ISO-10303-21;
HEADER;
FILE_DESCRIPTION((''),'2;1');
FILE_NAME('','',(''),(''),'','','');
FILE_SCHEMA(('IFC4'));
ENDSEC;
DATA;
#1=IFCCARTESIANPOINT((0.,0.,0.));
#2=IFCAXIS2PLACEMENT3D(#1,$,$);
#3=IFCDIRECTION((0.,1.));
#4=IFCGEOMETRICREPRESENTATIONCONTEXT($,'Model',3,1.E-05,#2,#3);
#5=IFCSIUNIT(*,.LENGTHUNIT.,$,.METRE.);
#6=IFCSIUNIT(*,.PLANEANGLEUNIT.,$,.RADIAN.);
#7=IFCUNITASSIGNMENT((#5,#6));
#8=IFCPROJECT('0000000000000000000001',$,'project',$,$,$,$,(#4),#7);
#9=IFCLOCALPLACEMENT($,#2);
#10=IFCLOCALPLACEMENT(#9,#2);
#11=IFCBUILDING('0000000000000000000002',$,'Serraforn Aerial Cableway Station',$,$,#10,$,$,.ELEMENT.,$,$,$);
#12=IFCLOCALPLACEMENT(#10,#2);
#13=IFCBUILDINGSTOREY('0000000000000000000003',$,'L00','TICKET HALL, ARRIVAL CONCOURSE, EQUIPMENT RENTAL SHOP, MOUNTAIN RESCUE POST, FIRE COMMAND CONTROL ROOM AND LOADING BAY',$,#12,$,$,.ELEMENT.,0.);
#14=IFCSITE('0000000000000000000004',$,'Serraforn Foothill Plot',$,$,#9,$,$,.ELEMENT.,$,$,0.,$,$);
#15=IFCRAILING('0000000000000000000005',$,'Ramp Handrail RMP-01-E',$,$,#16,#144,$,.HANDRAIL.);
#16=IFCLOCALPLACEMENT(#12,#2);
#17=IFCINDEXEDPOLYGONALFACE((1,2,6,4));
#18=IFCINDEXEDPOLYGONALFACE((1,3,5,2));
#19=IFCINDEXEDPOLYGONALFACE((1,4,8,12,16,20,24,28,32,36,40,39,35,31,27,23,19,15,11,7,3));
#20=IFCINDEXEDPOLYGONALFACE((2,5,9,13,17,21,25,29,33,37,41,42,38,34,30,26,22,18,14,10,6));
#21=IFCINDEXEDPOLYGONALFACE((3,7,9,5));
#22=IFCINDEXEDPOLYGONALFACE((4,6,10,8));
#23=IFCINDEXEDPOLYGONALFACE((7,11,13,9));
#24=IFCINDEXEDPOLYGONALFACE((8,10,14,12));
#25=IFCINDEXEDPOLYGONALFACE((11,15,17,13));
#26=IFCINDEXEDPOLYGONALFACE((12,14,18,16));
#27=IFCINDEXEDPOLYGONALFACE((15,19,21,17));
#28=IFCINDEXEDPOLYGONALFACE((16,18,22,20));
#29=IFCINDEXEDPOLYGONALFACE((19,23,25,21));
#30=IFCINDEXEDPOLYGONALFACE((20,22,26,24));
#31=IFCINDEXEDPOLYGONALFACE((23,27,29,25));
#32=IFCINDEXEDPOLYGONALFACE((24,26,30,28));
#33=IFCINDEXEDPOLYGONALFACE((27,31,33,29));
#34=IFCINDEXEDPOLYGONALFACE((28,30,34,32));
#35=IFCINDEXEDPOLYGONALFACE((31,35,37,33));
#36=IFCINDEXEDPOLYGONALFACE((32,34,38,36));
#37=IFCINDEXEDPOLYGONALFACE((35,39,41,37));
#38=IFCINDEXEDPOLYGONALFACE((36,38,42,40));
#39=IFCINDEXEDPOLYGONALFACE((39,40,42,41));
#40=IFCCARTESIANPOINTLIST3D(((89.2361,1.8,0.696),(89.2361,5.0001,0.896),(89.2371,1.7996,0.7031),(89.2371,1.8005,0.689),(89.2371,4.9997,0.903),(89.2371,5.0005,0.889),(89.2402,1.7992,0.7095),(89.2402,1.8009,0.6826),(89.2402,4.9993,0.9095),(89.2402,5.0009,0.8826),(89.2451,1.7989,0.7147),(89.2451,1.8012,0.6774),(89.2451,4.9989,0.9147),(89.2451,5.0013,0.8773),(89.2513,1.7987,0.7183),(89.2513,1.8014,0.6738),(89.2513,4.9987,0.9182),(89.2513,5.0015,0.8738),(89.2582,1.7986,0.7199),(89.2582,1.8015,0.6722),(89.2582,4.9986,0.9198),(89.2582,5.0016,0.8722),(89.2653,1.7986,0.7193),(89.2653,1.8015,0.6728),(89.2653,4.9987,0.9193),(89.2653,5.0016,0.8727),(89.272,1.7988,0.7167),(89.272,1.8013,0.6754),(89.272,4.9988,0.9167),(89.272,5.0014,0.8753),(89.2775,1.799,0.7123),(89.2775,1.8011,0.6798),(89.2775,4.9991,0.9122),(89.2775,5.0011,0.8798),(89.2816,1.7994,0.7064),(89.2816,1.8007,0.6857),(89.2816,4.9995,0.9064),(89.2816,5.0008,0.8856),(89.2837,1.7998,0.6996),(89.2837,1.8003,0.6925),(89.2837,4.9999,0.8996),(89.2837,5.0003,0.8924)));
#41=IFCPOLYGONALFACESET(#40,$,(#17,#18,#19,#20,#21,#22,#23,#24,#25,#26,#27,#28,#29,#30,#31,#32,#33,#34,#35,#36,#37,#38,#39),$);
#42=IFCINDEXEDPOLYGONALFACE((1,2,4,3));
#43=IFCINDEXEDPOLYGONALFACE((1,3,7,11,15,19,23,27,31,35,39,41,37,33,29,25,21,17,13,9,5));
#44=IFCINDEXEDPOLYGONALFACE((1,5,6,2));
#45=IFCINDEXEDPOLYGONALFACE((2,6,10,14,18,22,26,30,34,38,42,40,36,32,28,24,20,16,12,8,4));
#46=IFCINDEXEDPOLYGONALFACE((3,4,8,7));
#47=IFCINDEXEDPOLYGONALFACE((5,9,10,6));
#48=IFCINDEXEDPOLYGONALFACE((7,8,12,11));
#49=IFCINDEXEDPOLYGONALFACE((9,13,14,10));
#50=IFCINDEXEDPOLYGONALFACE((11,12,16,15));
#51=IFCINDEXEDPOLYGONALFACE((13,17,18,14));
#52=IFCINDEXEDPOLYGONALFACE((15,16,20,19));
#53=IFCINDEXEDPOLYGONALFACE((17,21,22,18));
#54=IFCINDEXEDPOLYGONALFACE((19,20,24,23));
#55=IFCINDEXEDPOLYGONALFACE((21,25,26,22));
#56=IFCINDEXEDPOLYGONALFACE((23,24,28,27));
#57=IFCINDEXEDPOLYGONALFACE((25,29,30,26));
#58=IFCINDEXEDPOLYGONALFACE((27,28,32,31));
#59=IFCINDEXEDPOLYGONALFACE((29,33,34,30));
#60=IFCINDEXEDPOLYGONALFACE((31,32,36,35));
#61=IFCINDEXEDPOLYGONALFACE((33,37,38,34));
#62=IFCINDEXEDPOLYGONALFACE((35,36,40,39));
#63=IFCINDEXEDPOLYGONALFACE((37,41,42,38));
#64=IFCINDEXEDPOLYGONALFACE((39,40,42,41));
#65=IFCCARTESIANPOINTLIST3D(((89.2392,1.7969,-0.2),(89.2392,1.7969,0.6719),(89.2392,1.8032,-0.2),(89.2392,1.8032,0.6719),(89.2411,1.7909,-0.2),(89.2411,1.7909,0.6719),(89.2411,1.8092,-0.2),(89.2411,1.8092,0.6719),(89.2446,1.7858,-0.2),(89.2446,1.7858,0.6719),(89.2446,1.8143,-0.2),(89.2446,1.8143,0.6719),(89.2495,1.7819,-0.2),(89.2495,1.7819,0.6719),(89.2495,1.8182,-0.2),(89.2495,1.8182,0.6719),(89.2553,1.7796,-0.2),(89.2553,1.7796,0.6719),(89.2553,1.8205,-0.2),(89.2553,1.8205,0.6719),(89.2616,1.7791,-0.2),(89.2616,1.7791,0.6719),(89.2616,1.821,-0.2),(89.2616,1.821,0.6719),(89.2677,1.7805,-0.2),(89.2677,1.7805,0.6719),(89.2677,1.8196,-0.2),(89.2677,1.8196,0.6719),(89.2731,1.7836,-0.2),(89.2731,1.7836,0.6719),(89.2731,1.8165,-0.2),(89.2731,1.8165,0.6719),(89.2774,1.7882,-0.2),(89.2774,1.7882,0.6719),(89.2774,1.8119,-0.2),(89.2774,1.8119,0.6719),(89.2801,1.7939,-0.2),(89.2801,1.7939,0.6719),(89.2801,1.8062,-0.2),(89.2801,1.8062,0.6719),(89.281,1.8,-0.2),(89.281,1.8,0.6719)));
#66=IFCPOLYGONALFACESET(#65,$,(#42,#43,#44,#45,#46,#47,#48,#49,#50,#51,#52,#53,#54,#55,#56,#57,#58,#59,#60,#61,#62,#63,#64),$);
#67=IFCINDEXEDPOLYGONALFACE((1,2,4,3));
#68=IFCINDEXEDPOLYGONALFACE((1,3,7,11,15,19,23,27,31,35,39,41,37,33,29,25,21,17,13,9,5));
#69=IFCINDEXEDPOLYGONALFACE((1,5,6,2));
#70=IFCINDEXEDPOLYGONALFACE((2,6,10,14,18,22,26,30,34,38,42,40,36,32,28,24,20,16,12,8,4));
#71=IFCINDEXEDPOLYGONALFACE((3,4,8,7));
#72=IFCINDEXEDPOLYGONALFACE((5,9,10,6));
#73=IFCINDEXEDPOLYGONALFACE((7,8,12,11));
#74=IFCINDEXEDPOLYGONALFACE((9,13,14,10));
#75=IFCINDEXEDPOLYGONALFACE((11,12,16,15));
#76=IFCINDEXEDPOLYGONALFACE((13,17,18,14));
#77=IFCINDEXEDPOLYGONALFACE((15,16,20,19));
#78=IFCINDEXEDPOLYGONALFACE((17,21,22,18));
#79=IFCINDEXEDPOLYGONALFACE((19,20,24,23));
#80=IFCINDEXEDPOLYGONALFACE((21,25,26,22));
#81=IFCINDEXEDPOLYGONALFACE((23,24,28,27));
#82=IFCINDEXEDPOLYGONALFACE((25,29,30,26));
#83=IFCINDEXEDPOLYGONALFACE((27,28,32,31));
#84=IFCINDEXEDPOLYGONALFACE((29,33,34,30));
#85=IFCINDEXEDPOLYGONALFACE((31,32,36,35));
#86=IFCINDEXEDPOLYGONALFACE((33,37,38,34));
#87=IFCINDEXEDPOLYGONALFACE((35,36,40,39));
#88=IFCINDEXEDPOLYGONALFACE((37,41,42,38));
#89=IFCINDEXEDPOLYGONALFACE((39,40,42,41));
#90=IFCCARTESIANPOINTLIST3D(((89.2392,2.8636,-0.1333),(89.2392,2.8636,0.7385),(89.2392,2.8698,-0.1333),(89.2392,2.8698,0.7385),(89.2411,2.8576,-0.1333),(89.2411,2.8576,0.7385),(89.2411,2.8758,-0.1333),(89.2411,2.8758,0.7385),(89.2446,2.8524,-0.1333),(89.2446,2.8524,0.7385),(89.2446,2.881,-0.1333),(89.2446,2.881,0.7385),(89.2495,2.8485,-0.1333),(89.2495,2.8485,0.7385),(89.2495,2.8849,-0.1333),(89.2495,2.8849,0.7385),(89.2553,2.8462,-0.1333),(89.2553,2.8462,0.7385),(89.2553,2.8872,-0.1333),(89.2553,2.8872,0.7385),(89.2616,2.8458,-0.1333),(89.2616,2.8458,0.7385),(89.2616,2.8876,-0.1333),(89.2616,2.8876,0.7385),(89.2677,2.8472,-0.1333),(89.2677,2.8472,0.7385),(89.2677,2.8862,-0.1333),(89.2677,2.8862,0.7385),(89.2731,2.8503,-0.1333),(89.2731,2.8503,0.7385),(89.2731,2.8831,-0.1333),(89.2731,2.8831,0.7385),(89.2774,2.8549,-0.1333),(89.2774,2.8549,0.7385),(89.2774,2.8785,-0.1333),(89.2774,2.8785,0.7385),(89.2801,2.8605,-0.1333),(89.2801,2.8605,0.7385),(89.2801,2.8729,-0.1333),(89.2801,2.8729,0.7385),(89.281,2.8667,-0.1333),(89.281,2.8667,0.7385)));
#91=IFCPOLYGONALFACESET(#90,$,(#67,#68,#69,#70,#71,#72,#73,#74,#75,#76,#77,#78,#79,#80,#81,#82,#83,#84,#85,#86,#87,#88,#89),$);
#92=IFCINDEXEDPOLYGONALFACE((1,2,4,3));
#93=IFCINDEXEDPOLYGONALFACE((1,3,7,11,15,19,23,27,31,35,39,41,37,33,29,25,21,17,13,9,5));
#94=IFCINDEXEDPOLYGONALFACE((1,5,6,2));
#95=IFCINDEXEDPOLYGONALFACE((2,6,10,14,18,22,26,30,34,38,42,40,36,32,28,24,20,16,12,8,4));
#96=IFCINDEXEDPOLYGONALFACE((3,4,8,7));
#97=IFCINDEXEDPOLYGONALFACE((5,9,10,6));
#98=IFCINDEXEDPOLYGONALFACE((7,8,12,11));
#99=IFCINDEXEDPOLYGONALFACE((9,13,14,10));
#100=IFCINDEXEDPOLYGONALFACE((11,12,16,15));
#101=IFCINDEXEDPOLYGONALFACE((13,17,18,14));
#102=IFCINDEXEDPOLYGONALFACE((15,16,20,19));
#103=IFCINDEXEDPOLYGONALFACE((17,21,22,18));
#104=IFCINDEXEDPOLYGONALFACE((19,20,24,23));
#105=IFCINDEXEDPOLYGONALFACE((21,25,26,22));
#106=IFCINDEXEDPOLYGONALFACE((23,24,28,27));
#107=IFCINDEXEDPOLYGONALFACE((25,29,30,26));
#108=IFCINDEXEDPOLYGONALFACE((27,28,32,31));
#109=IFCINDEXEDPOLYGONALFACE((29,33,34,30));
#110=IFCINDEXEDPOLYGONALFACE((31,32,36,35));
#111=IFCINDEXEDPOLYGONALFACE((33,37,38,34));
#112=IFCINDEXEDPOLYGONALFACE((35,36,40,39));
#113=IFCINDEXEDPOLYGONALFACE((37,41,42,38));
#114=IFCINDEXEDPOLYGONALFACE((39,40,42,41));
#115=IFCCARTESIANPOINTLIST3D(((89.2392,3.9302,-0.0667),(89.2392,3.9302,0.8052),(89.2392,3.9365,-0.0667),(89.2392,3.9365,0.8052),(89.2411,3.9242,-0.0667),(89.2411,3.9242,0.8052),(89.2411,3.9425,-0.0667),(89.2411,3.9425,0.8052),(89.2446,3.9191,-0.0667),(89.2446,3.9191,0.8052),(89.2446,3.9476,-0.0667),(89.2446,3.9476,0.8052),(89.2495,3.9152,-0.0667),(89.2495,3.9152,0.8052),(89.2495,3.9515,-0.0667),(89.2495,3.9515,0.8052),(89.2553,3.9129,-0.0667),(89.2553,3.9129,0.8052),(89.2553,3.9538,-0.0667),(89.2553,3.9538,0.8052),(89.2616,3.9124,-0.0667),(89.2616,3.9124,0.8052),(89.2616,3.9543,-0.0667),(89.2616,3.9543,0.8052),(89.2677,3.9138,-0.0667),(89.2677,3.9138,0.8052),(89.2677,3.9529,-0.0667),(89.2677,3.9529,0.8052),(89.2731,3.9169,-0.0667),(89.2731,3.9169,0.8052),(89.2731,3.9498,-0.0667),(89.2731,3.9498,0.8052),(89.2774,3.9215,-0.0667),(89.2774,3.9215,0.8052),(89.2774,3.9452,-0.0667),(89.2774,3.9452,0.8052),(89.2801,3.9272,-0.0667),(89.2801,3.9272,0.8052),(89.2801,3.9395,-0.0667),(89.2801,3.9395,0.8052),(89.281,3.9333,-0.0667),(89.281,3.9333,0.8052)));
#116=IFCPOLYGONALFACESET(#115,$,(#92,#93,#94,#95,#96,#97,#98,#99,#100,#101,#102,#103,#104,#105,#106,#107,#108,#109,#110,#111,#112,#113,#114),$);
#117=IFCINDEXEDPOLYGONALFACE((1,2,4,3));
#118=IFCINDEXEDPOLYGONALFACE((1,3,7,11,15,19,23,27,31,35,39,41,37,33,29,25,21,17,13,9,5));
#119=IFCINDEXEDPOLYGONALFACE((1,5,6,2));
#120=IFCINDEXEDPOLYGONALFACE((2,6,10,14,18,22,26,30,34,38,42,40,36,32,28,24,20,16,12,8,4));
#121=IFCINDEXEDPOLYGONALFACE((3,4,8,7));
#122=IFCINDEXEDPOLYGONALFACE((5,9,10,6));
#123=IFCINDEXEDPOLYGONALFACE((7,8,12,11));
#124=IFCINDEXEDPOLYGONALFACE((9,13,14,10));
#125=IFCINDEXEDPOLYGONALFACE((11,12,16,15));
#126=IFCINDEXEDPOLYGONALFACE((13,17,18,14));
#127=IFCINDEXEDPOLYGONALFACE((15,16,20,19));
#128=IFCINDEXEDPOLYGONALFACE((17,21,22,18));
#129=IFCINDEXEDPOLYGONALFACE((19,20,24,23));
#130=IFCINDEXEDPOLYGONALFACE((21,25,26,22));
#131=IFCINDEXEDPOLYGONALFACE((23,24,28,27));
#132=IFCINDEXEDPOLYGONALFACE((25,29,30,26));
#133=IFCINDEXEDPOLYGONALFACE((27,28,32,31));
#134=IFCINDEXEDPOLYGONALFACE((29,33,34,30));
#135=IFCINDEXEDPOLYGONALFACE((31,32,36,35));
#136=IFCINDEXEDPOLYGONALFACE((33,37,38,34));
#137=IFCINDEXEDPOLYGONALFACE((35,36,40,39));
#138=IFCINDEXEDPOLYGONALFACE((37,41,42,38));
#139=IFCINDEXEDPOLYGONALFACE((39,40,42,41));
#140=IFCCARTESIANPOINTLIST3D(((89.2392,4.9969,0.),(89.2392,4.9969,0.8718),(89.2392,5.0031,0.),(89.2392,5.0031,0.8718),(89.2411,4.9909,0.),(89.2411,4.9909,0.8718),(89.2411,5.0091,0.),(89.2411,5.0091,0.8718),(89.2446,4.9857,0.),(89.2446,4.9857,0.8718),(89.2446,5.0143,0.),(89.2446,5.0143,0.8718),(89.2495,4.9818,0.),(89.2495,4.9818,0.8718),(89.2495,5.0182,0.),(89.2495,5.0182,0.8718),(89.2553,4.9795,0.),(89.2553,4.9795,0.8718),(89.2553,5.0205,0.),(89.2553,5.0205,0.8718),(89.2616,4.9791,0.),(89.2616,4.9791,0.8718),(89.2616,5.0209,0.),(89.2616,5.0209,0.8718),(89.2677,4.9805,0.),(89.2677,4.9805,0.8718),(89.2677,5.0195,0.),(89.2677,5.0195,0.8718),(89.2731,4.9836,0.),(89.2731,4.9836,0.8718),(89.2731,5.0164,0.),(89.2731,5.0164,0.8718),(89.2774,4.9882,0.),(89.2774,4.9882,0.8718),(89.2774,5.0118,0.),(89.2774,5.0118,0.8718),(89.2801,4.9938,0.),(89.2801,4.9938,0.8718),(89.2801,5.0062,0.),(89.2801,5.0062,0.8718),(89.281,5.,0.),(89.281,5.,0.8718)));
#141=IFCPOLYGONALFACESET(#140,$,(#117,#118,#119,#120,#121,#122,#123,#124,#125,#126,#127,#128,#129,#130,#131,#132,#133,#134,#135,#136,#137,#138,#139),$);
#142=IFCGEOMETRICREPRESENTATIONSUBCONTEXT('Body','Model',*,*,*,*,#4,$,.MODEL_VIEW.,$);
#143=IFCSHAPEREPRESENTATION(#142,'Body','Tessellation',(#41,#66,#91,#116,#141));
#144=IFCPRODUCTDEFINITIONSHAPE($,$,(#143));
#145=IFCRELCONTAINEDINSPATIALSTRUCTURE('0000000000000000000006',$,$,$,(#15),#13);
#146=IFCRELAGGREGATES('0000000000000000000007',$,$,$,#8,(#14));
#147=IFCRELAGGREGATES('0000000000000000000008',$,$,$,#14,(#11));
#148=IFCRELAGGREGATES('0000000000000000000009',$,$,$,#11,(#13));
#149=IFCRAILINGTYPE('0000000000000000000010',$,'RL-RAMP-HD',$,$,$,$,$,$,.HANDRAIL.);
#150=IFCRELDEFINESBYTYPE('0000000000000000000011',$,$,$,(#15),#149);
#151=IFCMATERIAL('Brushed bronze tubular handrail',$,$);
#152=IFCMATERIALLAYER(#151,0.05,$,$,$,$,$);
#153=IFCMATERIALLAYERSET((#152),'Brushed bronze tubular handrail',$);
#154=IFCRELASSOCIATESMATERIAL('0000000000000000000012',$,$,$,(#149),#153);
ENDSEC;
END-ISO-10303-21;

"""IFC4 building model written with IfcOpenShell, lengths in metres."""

from ifc_helpers import new_model, si_unit, direction, frame, origin, origin_2d, place, context, subcontext, project, spatial, circle, extrude, material, layer, layer_set, type_object, element, save


model = new_model("IFC4")

# Units and contexts
model_context = context("Model", 3, precision=1e-05, world=origin(), true_north=direction((0.0, 1.0)))
body_context = subcontext(model_context, "Body", "Model", "MODEL_VIEW")
ifc_project = project(units=[si_unit("LENGTHUNIT", "METRE"), si_unit("PLANEANGLEUNIT", "RADIAN")], contexts=[model_context])

# Site, building, storey
site_placement = place(None, origin())
site = spatial("IfcSite", under=ifc_project, at=site_placement, Name="Serraforn Foothill Plot", CompositionType="ELEMENT", RefElevation=0.0)
building_placement = place(site_placement, origin())
building = spatial("IfcBuilding", under=site, at=building_placement, Name="Serraforn Aerial Cableway Station", CompositionType="ELEMENT")
storey_placement = place(building_placement, origin())
storey = spatial("IfcBuildingStorey", under=building, at=storey_placement, Name="L00", Description="TICKET HALL, ARRIVAL CONCOURSE, EQUIPMENT RENTAL SHOP, MOUNTAIN RESCUE POST, FIRE COMMAND CONTROL ROOM AND LOADING BAY", CompositionType="ELEMENT", Elevation=0.0)

# Railing
ifc_material_1 = material(Name="Brushed bronze tubular handrail")
ifc_layer = layer(ifc_material_1, 0.05)
ifc_layer_set = layer_set([ifc_layer], Name="Brushed bronze tubular handrail")
railing_type = type_object("IfcRailingType", Name="RL-RAMP-HD", PredefinedType="HANDRAIL", material=ifc_layer_set)
for number, where, name in (
    (1, (89.26, 1.8, -0.2), "Ramp Handrail RMP-01-E"),
):
    element("IfcRailing", number, at=place(storey_placement, frame(where)), inside=storey, type_object=railing_type, Name=name, PredefinedType="HANDRAIL", context=body_context, shape_type="SweptSolid", body=[
        extrude(circle(Radius=0.0239, at=origin_2d()), frame((0.0, 0.0, 0.896), z_axis=(0.0, 0.998053, 0.062364), x_axis=(-1.0, 0.0, 0.0)), (0.0, 0.0, 1.0), 3.2063),
        extrude(circle(Radius=0.021, at=origin_2d()), origin(), (0.0, 0.0, 1.0), 0.8718),
        extrude(circle(Radius=0.021, at=origin_2d()), frame((0.0, 1.0667, 0.0667)), (0.0, 0.0, 1.0), 0.8718),
        extrude(circle(Radius=0.021, at=origin_2d()), frame((0.0, 2.1333, 0.1333)), (0.0, 0.0, 1.0), 0.8718),
        extrude(circle(Radius=0.021, at=origin_2d()), frame((0.0, 3.2, 0.2)), (0.0, 0.0, 1.0), 0.8718),
    ])

save(model, "model.ifc")
